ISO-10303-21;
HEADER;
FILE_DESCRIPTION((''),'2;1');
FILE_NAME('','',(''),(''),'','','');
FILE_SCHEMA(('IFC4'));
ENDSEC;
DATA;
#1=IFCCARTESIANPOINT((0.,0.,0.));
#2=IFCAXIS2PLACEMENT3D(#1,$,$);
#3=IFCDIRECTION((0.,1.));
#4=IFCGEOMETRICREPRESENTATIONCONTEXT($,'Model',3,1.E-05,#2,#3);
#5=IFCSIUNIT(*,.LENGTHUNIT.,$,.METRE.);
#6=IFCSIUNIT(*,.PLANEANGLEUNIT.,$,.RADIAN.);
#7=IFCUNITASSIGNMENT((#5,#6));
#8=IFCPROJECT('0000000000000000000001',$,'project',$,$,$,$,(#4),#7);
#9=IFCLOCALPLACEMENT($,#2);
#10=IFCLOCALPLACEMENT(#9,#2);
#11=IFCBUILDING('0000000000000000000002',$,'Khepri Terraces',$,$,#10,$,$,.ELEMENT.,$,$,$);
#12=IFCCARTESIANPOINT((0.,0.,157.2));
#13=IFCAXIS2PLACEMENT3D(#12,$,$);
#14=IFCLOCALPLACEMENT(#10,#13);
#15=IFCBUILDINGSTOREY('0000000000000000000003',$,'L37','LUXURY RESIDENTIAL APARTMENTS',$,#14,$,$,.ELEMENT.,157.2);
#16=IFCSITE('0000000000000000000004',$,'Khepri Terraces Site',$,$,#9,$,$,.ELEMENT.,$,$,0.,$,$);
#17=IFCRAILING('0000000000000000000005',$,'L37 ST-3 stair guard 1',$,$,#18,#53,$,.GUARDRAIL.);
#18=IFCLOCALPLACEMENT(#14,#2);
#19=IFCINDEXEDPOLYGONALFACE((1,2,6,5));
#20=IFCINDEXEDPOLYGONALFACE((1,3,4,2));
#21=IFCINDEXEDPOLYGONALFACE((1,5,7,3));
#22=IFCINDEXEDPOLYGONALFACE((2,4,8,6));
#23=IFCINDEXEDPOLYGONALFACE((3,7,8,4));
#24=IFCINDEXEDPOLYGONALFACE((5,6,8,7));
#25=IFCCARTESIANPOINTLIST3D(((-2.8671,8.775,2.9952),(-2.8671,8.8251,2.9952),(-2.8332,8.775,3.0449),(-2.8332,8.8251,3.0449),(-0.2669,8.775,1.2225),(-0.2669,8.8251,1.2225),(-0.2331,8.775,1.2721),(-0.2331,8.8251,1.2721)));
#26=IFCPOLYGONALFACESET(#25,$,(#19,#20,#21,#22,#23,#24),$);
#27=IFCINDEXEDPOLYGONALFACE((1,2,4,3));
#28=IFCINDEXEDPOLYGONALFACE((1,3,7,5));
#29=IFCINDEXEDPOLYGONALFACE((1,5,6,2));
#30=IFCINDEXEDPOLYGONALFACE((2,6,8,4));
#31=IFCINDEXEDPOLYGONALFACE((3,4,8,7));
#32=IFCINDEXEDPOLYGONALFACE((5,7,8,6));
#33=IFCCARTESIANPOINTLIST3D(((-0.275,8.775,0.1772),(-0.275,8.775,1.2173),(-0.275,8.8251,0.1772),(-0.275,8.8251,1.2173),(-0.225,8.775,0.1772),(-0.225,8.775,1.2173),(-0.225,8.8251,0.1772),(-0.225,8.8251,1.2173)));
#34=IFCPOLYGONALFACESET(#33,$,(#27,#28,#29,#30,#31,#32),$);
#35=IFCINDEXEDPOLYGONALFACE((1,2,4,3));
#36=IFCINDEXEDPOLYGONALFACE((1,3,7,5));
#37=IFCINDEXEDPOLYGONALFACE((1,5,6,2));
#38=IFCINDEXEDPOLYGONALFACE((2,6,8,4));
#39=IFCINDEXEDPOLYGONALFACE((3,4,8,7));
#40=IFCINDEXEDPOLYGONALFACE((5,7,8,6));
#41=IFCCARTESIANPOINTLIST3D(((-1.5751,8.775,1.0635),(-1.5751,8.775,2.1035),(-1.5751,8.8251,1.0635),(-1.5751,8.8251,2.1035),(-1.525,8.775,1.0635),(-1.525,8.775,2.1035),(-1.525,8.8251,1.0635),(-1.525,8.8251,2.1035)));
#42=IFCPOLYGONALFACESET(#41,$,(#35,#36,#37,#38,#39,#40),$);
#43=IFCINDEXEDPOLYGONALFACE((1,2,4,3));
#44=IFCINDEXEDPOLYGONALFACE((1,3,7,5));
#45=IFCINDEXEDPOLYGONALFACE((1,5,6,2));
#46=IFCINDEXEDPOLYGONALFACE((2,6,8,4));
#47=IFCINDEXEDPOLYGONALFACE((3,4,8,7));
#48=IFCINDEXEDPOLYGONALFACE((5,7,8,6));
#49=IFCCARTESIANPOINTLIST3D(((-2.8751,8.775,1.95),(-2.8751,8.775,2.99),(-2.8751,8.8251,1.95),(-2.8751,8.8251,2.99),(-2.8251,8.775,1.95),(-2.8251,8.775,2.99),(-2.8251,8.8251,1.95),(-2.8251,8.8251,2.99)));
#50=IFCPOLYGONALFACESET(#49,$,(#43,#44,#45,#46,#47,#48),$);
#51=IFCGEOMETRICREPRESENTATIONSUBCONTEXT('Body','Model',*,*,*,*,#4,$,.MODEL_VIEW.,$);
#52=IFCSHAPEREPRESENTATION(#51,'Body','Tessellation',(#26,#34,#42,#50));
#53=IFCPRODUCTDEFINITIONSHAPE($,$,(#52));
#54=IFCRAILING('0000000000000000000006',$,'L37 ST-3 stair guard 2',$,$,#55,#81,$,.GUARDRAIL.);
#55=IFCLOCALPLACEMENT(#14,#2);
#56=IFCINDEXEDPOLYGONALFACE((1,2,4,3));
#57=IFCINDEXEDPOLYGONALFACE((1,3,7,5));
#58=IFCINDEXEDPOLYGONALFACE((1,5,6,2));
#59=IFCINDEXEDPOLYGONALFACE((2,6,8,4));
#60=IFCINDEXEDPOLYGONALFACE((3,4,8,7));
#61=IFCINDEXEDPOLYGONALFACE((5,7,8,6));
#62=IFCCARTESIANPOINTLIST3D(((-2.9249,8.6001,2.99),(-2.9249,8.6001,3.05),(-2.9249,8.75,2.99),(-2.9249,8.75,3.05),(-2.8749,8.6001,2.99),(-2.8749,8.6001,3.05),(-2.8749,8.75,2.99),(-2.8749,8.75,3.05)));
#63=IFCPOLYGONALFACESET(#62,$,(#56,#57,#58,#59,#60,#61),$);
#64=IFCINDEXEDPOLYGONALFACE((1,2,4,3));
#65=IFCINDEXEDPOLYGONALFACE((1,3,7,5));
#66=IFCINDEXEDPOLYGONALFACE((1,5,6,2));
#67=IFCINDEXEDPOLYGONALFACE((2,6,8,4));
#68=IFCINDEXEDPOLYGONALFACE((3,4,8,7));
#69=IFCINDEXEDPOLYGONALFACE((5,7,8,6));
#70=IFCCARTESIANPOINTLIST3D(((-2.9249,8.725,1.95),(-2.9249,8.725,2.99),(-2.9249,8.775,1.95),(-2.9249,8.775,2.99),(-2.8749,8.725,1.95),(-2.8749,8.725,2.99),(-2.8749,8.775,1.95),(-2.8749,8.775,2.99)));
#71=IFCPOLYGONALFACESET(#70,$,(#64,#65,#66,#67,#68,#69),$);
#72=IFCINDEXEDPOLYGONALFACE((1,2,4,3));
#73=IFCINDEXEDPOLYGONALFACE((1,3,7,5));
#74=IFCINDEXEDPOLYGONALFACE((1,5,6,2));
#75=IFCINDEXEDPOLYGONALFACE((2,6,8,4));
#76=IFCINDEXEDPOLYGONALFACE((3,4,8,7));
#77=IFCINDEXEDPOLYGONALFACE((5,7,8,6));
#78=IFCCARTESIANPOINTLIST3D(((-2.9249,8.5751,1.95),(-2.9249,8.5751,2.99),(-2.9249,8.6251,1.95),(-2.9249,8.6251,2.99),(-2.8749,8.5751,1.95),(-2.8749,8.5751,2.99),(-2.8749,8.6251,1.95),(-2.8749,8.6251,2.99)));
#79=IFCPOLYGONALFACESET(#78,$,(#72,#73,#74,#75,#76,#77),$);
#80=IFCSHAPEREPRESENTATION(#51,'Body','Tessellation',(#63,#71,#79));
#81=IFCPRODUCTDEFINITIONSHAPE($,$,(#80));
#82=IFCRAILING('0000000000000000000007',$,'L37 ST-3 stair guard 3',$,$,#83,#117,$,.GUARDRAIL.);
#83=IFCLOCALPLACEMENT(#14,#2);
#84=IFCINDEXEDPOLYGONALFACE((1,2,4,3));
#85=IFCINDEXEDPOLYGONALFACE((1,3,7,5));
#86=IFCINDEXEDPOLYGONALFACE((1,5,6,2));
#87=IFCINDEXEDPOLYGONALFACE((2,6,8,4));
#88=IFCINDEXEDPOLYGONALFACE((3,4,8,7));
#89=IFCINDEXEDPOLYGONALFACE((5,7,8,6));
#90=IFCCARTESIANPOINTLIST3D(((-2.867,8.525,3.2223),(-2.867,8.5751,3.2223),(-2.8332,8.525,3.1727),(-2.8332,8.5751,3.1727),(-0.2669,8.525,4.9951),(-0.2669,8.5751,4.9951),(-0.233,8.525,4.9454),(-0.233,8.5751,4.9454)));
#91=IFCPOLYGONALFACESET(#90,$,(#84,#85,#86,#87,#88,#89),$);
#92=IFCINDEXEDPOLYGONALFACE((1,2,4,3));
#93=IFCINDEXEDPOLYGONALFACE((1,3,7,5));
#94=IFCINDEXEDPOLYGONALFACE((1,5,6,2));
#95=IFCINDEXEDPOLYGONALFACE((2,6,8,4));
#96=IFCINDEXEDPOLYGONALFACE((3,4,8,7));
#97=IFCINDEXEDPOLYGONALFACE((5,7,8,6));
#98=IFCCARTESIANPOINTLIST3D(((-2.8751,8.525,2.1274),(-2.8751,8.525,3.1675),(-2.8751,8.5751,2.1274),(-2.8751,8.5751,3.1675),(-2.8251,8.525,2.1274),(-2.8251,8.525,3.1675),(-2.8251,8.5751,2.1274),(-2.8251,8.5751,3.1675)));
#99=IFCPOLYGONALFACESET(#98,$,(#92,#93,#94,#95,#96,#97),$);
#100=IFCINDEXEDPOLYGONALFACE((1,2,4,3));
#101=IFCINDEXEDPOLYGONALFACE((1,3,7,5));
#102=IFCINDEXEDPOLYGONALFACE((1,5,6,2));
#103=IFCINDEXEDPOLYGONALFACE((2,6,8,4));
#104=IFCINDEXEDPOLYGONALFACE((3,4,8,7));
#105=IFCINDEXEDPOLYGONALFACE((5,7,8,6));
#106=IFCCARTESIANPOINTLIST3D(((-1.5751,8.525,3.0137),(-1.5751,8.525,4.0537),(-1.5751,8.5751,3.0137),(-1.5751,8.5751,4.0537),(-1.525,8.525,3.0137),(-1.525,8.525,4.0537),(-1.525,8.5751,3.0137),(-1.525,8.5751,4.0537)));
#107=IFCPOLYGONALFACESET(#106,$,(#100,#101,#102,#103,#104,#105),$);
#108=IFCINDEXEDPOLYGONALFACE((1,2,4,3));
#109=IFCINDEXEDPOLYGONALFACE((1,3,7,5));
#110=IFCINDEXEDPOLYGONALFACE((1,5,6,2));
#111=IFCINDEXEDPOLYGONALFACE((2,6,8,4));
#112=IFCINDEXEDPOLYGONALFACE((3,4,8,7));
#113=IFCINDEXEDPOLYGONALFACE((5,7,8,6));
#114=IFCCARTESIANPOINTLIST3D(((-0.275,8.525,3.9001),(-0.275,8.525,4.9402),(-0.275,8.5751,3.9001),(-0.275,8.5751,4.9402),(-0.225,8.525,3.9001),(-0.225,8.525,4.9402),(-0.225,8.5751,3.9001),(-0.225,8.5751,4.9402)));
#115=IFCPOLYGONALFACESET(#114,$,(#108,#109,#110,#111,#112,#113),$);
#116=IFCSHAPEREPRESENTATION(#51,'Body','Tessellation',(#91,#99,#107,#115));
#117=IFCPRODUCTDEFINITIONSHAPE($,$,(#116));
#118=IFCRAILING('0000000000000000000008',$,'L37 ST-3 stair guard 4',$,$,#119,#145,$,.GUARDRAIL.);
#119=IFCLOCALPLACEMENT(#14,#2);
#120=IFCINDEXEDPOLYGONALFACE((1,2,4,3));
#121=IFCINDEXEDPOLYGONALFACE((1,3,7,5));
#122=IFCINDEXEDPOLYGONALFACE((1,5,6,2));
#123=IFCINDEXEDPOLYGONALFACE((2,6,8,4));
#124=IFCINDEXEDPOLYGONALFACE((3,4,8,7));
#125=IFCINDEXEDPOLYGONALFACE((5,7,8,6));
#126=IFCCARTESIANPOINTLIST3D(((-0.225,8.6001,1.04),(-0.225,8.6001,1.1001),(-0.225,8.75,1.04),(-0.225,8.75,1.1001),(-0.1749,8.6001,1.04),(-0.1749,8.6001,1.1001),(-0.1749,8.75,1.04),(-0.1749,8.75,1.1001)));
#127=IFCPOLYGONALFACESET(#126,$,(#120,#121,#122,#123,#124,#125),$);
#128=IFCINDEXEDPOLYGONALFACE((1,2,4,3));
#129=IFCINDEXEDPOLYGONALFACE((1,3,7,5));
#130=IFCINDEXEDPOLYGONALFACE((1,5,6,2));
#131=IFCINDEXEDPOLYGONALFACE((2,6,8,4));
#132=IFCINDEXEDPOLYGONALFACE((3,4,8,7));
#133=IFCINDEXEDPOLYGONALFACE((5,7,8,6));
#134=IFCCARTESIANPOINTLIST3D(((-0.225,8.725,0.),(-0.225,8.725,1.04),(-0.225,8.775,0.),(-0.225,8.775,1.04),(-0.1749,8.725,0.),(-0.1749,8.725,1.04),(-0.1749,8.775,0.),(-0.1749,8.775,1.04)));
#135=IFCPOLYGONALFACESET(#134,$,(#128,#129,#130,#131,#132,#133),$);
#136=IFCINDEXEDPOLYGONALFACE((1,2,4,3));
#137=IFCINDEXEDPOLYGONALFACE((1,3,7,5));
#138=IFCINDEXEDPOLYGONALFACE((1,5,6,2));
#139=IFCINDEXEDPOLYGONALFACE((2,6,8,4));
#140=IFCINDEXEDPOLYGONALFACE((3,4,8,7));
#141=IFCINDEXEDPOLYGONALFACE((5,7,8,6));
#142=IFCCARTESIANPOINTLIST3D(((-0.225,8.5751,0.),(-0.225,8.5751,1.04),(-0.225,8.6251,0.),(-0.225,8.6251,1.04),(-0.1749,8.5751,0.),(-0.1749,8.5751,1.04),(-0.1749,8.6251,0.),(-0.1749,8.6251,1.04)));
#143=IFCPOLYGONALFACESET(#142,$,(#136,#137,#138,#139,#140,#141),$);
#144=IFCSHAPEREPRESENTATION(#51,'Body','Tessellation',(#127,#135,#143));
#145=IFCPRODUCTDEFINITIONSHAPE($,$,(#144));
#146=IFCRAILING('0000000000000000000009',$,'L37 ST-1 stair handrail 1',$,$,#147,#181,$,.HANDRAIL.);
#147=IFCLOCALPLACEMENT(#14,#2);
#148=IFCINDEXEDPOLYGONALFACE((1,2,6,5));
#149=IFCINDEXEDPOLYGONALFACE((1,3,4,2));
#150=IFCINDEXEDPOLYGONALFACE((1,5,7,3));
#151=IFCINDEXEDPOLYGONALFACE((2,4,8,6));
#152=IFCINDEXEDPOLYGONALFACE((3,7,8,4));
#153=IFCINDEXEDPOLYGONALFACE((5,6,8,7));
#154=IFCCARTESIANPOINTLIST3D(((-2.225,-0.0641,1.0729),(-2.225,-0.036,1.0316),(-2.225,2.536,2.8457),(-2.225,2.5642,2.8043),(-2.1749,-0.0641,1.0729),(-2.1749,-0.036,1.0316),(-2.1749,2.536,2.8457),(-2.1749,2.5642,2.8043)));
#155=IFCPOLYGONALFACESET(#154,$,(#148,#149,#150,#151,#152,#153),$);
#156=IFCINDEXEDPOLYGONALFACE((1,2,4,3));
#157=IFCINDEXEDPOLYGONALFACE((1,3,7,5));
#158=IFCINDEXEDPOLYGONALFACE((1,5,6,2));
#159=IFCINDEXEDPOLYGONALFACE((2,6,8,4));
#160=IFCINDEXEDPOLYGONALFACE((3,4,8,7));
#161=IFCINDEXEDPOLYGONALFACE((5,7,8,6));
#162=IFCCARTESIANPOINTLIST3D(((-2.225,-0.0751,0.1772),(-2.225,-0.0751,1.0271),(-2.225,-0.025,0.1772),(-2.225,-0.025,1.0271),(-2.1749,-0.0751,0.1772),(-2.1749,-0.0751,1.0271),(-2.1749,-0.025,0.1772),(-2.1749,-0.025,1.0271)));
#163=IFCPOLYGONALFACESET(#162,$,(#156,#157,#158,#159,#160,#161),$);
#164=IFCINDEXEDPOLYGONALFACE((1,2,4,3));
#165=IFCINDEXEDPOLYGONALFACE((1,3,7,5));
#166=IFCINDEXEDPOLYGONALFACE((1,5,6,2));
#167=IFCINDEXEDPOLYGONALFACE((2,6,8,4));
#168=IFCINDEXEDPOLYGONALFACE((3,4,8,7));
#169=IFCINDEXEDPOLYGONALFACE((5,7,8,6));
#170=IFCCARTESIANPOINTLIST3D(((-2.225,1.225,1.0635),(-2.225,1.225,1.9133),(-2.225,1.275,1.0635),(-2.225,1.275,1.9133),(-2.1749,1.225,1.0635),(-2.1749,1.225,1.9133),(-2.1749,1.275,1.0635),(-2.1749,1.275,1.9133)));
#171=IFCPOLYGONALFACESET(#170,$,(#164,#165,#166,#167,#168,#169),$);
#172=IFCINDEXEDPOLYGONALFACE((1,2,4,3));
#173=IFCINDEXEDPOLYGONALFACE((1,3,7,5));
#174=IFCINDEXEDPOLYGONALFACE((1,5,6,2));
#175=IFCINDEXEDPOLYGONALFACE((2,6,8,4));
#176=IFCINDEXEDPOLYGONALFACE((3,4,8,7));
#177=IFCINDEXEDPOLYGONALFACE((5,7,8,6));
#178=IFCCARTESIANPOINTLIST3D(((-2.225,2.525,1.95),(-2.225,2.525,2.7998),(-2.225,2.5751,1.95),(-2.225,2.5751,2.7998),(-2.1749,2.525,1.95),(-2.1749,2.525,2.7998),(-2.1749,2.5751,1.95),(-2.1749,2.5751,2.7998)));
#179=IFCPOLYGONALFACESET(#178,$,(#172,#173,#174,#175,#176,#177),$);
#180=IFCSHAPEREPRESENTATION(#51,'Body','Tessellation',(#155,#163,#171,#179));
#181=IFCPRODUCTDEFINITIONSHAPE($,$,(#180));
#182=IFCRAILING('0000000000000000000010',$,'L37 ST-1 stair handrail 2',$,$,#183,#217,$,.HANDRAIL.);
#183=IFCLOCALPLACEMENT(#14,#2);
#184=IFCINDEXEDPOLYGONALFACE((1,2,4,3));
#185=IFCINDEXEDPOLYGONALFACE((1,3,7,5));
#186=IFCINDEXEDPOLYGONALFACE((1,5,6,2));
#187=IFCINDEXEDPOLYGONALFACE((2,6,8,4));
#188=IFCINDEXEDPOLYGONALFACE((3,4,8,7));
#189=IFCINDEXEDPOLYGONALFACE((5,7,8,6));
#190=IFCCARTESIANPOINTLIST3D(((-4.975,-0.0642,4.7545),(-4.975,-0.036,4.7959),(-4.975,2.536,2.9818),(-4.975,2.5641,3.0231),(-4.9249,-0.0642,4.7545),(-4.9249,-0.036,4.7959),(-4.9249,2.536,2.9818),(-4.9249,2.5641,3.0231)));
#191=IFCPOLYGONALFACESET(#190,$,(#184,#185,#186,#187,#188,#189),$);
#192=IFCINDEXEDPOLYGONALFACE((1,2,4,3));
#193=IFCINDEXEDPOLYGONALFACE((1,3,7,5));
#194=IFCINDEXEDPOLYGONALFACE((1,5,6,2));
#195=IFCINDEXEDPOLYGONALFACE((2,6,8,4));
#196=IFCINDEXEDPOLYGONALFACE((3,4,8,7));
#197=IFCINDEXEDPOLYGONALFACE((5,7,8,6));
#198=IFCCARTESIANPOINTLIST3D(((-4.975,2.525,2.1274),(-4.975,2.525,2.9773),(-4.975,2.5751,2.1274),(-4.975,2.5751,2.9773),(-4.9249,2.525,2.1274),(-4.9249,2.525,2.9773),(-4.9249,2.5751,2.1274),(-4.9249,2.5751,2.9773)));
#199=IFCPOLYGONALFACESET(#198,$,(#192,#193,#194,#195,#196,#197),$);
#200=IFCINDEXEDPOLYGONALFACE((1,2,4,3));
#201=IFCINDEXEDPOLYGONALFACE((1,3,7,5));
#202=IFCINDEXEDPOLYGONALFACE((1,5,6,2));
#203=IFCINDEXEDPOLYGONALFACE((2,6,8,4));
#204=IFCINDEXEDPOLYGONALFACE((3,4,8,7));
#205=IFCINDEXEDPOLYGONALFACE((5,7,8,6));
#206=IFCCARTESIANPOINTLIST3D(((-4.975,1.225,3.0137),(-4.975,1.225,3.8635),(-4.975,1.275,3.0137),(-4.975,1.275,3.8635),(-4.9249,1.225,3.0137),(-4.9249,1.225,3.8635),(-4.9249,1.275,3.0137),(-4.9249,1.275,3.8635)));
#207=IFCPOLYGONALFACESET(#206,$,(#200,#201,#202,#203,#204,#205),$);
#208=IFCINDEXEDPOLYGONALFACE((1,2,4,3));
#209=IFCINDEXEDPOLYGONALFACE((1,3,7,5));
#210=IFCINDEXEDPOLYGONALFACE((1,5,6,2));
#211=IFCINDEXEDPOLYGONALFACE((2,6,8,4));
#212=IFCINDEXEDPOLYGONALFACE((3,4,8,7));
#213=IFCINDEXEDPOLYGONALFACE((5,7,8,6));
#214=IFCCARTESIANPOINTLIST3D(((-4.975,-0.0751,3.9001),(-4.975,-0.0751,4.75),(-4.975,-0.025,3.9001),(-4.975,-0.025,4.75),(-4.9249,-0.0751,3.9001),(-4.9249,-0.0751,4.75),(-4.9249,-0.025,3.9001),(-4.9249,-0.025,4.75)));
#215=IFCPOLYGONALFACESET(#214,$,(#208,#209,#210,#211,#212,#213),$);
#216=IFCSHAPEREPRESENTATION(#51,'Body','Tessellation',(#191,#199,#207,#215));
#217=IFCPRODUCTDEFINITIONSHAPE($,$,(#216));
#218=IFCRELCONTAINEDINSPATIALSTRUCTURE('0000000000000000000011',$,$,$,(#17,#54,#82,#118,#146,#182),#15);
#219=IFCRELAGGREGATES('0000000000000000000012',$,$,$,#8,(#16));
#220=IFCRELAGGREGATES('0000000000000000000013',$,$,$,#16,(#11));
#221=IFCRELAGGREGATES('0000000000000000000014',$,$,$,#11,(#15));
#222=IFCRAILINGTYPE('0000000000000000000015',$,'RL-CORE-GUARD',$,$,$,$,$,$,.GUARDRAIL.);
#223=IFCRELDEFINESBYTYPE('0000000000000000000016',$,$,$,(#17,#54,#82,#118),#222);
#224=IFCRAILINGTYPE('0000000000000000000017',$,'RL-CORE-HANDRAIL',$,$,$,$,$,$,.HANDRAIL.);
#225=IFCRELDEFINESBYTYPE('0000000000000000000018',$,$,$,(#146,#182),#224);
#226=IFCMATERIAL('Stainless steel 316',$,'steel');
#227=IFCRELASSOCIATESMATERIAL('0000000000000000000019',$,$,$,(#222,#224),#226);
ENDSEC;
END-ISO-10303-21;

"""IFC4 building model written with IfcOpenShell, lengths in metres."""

from ifc_helpers import new_model, si_unit, direction, frame, origin, origin_2d, place, context, subcontext, project, spatial, rectangle, extrude, material, type_object, element, save


model = new_model("IFC4")

# Units and contexts
model_context = context("Model", 3, precision=1e-05, world=origin(), true_north=direction((0.0, 1.0)))
body_context = subcontext(model_context, "Body", "Model", "MODEL_VIEW")
ifc_project = project(units=[si_unit("LENGTHUNIT", "METRE"), si_unit("PLANEANGLEUNIT", "RADIAN")], contexts=[model_context])

# Site, building, storey
site_placement = place(None, origin())
site = spatial("IfcSite", under=ifc_project, at=site_placement, Name="Khepri Terraces Site", CompositionType="ELEMENT", RefElevation=0.0)
building_placement = place(site_placement, origin())
building = spatial("IfcBuilding", under=site, at=building_placement, Name="Khepri Terraces", CompositionType="ELEMENT")
storey_placement = place(building_placement, frame((0.0, 0.0, 157.2)))
storey = spatial("IfcBuildingStorey", under=building, at=storey_placement, Name="L37", Description="LUXURY RESIDENTIAL APARTMENTS", CompositionType="ELEMENT", Elevation=157.2)

# Railings
ifc_material_1 = material(Name="Stainless steel 316", Category="steel")
railing_type_1 = type_object("IfcRailingType", Name="RL-CORE-GUARD", PredefinedType="GUARDRAIL", material=ifc_material_1)
railing_1_placement = place(storey_placement, frame((-0.25, 8.8, 0.1772)))
element("IfcRailing", 1, at=railing_1_placement, inside=storey, type_object=railing_type_1, Name="L37 ST-3 stair guard 1", PredefinedType="GUARDRAIL", context=body_context, shape_type="SweptSolid", body=[
    extrude(rectangle(XDim=0.05, YDim=0.0601, at=origin_2d()), frame((0.0, 0.0, 1.0701), z_axis=(-0.82624, 0.0, 0.563318), x_axis=(0.0, -1.0, 0.0)), (0.0, 0.0, 1.0), 3.147),
    extrude(rectangle(XDim=0.05, YDim=0.05, at=origin_2d()), origin(), (0.0, 0.0, 1.0), 1.04),
    extrude(rectangle(XDim=0.05, YDim=0.05, at=origin_2d()), frame((-1.3, 0.0, 0.8862)), (0.0, 0.0, 1.0), 1.04),
    extrude(rectangle(XDim=0.05, YDim=0.05, at=origin_2d()), frame((-2.6001, 0.0, 1.7727)), (0.0, 0.0, 1.0), 1.04),
])
railing_2_placement = place(storey_placement, frame((-2.8999, 8.75, 1.95)))
element("IfcRailing", 2, at=railing_2_placement, inside=storey, type_object=railing_type_1, Name="L37 ST-3 stair guard 2", PredefinedType="GUARDRAIL", context=body_context, shape_type="SweptSolid", body=[
    extrude(rectangle(XDim=0.05, YDim=0.0601, at=origin_2d()), frame((0.0, 0.0, 1.0701), z_axis=(0.0, -1.0, 0.0), x_axis=(1.0, 0.0, 0.0)), (0.0, 0.0, 1.0), 0.1499),
    extrude(rectangle(XDim=0.05, YDim=0.05, at=origin_2d()), origin(), (0.0, 0.0, 1.0), 1.04),
    extrude(rectangle(XDim=0.05, YDim=0.05, at=origin_2d()), frame((0.0, -0.1499, 0.0)), (0.0, 0.0, 1.0), 1.04),
])
railing_3_placement = place(storey_placement, frame((-2.8501, 8.55, 2.1274)))
element("IfcRailing", 3, at=railing_3_placement, inside=storey, type_object=railing_type_1, Name="L37 ST-3 stair guard 3", PredefinedType="GUARDRAIL", context=body_context, shape_type="SweptSolid", body=[
    extrude(rectangle(XDim=0.05, YDim=0.0601, at=origin_2d()), frame((0.0, 0.0, 1.0701), z_axis=(0.82624, 0.0, 0.563318), x_axis=(0.0, 1.0, 0.0)), (0.0, 0.0, 1.0), 3.147),
    extrude(rectangle(XDim=0.05, YDim=0.05, at=origin_2d()), origin(), (0.0, 0.0, 1.0), 1.04),
    extrude(rectangle(XDim=0.05, YDim=0.05, at=origin_2d()), frame((1.3, 0.0, 0.8862)), (0.0, 0.0, 1.0), 1.04),
    extrude(rectangle(XDim=0.05, YDim=0.05, at=origin_2d()), frame((2.6001, 0.0, 1.7727)), (0.0, 0.0, 1.0), 1.04),
])
railing_4_placement = place(storey_placement, frame((-0.2, 8.75, 0.0)))
element("IfcRailing", 4, at=railing_4_placement, inside=storey, type_object=railing_type_1, Name="L37 ST-3 stair guard 4", PredefinedType="GUARDRAIL", context=body_context, shape_type="SweptSolid", body=[
    extrude(rectangle(XDim=0.05, YDim=0.0601, at=origin_2d()), frame((0.0, 0.0, 1.0701), z_axis=(0.0, -1.0, 0.0), x_axis=(1.0, 0.0, 0.0)), (0.0, 0.0, 1.0), 0.1499),
    extrude(rectangle(XDim=0.05, YDim=0.05, at=origin_2d()), origin(), (0.0, 0.0, 1.0), 1.04),
    extrude(rectangle(XDim=0.05, YDim=0.05, at=origin_2d()), frame((0.0, -0.1499, 0.0)), (0.0, 0.0, 1.0), 1.04),
])
railing_type_2 = type_object("IfcRailingType", Name="RL-CORE-HANDRAIL", PredefinedType="HANDRAIL", material=ifc_material_1)
railing_5_placement = place(storey_placement, frame((-2.2, -0.05, 0.1772)))
element("IfcRailing", 5, at=railing_5_placement, inside=storey, type_object=railing_type_2, Name="L37 ST-1 stair handrail 1", PredefinedType="HANDRAIL", context=body_context, shape_type="SweptSolid", body=[
    extrude(rectangle(XDim=0.05, YDim=0.05, at=origin_2d()), frame((0.0, 0.0, 0.875), z_axis=(0.0, 0.82624, 0.563318), x_axis=(-1.0, 0.0, 0.0)), (0.0, 0.0, 1.0), 3.147),
    extrude(rectangle(XDim=0.05, YDim=0.05, at=origin_2d()), origin(), (0.0, 0.0, 1.0), 0.8499),
    extrude(rectangle(XDim=0.05, YDim=0.05, at=origin_2d()), frame((0.0, 1.3, 0.8862)), (0.0, 0.0, 1.0), 0.8499),
    extrude(rectangle(XDim=0.05, YDim=0.05, at=origin_2d()), frame((0.0, 2.6001, 1.7727)), (0.0, 0.0, 1.0), 0.8499),
])
railing_6_placement = place(storey_placement, frame((-4.95, 2.55, 2.1274)))
element("IfcRailing", 6, at=railing_6_placement, inside=storey, type_object=railing_type_2, Name="L37 ST-1 stair handrail 2", PredefinedType="HANDRAIL", context=body_context, shape_type="SweptSolid", body=[
    extrude(rectangle(XDim=0.05, YDim=0.05, at=origin_2d()), frame((0.0, 0.0, 0.875), z_axis=(0.0, -0.82624, 0.563318), x_axis=(1.0, 0.0, 0.0)), (0.0, 0.0, 1.0), 3.147),
    extrude(rectangle(XDim=0.05, YDim=0.05, at=origin_2d()), origin(), (0.0, 0.0, 1.0), 0.8499),
    extrude(rectangle(XDim=0.05, YDim=0.05, at=origin_2d()), frame((0.0, -1.3, 0.8862)), (0.0, 0.0, 1.0), 0.8499),
    extrude(rectangle(XDim=0.05, YDim=0.05, at=origin_2d()), frame((0.0, -2.6001, 1.7727)), (0.0, 0.0, 1.0), 0.8499),
])

save(model, "model.ifc")
